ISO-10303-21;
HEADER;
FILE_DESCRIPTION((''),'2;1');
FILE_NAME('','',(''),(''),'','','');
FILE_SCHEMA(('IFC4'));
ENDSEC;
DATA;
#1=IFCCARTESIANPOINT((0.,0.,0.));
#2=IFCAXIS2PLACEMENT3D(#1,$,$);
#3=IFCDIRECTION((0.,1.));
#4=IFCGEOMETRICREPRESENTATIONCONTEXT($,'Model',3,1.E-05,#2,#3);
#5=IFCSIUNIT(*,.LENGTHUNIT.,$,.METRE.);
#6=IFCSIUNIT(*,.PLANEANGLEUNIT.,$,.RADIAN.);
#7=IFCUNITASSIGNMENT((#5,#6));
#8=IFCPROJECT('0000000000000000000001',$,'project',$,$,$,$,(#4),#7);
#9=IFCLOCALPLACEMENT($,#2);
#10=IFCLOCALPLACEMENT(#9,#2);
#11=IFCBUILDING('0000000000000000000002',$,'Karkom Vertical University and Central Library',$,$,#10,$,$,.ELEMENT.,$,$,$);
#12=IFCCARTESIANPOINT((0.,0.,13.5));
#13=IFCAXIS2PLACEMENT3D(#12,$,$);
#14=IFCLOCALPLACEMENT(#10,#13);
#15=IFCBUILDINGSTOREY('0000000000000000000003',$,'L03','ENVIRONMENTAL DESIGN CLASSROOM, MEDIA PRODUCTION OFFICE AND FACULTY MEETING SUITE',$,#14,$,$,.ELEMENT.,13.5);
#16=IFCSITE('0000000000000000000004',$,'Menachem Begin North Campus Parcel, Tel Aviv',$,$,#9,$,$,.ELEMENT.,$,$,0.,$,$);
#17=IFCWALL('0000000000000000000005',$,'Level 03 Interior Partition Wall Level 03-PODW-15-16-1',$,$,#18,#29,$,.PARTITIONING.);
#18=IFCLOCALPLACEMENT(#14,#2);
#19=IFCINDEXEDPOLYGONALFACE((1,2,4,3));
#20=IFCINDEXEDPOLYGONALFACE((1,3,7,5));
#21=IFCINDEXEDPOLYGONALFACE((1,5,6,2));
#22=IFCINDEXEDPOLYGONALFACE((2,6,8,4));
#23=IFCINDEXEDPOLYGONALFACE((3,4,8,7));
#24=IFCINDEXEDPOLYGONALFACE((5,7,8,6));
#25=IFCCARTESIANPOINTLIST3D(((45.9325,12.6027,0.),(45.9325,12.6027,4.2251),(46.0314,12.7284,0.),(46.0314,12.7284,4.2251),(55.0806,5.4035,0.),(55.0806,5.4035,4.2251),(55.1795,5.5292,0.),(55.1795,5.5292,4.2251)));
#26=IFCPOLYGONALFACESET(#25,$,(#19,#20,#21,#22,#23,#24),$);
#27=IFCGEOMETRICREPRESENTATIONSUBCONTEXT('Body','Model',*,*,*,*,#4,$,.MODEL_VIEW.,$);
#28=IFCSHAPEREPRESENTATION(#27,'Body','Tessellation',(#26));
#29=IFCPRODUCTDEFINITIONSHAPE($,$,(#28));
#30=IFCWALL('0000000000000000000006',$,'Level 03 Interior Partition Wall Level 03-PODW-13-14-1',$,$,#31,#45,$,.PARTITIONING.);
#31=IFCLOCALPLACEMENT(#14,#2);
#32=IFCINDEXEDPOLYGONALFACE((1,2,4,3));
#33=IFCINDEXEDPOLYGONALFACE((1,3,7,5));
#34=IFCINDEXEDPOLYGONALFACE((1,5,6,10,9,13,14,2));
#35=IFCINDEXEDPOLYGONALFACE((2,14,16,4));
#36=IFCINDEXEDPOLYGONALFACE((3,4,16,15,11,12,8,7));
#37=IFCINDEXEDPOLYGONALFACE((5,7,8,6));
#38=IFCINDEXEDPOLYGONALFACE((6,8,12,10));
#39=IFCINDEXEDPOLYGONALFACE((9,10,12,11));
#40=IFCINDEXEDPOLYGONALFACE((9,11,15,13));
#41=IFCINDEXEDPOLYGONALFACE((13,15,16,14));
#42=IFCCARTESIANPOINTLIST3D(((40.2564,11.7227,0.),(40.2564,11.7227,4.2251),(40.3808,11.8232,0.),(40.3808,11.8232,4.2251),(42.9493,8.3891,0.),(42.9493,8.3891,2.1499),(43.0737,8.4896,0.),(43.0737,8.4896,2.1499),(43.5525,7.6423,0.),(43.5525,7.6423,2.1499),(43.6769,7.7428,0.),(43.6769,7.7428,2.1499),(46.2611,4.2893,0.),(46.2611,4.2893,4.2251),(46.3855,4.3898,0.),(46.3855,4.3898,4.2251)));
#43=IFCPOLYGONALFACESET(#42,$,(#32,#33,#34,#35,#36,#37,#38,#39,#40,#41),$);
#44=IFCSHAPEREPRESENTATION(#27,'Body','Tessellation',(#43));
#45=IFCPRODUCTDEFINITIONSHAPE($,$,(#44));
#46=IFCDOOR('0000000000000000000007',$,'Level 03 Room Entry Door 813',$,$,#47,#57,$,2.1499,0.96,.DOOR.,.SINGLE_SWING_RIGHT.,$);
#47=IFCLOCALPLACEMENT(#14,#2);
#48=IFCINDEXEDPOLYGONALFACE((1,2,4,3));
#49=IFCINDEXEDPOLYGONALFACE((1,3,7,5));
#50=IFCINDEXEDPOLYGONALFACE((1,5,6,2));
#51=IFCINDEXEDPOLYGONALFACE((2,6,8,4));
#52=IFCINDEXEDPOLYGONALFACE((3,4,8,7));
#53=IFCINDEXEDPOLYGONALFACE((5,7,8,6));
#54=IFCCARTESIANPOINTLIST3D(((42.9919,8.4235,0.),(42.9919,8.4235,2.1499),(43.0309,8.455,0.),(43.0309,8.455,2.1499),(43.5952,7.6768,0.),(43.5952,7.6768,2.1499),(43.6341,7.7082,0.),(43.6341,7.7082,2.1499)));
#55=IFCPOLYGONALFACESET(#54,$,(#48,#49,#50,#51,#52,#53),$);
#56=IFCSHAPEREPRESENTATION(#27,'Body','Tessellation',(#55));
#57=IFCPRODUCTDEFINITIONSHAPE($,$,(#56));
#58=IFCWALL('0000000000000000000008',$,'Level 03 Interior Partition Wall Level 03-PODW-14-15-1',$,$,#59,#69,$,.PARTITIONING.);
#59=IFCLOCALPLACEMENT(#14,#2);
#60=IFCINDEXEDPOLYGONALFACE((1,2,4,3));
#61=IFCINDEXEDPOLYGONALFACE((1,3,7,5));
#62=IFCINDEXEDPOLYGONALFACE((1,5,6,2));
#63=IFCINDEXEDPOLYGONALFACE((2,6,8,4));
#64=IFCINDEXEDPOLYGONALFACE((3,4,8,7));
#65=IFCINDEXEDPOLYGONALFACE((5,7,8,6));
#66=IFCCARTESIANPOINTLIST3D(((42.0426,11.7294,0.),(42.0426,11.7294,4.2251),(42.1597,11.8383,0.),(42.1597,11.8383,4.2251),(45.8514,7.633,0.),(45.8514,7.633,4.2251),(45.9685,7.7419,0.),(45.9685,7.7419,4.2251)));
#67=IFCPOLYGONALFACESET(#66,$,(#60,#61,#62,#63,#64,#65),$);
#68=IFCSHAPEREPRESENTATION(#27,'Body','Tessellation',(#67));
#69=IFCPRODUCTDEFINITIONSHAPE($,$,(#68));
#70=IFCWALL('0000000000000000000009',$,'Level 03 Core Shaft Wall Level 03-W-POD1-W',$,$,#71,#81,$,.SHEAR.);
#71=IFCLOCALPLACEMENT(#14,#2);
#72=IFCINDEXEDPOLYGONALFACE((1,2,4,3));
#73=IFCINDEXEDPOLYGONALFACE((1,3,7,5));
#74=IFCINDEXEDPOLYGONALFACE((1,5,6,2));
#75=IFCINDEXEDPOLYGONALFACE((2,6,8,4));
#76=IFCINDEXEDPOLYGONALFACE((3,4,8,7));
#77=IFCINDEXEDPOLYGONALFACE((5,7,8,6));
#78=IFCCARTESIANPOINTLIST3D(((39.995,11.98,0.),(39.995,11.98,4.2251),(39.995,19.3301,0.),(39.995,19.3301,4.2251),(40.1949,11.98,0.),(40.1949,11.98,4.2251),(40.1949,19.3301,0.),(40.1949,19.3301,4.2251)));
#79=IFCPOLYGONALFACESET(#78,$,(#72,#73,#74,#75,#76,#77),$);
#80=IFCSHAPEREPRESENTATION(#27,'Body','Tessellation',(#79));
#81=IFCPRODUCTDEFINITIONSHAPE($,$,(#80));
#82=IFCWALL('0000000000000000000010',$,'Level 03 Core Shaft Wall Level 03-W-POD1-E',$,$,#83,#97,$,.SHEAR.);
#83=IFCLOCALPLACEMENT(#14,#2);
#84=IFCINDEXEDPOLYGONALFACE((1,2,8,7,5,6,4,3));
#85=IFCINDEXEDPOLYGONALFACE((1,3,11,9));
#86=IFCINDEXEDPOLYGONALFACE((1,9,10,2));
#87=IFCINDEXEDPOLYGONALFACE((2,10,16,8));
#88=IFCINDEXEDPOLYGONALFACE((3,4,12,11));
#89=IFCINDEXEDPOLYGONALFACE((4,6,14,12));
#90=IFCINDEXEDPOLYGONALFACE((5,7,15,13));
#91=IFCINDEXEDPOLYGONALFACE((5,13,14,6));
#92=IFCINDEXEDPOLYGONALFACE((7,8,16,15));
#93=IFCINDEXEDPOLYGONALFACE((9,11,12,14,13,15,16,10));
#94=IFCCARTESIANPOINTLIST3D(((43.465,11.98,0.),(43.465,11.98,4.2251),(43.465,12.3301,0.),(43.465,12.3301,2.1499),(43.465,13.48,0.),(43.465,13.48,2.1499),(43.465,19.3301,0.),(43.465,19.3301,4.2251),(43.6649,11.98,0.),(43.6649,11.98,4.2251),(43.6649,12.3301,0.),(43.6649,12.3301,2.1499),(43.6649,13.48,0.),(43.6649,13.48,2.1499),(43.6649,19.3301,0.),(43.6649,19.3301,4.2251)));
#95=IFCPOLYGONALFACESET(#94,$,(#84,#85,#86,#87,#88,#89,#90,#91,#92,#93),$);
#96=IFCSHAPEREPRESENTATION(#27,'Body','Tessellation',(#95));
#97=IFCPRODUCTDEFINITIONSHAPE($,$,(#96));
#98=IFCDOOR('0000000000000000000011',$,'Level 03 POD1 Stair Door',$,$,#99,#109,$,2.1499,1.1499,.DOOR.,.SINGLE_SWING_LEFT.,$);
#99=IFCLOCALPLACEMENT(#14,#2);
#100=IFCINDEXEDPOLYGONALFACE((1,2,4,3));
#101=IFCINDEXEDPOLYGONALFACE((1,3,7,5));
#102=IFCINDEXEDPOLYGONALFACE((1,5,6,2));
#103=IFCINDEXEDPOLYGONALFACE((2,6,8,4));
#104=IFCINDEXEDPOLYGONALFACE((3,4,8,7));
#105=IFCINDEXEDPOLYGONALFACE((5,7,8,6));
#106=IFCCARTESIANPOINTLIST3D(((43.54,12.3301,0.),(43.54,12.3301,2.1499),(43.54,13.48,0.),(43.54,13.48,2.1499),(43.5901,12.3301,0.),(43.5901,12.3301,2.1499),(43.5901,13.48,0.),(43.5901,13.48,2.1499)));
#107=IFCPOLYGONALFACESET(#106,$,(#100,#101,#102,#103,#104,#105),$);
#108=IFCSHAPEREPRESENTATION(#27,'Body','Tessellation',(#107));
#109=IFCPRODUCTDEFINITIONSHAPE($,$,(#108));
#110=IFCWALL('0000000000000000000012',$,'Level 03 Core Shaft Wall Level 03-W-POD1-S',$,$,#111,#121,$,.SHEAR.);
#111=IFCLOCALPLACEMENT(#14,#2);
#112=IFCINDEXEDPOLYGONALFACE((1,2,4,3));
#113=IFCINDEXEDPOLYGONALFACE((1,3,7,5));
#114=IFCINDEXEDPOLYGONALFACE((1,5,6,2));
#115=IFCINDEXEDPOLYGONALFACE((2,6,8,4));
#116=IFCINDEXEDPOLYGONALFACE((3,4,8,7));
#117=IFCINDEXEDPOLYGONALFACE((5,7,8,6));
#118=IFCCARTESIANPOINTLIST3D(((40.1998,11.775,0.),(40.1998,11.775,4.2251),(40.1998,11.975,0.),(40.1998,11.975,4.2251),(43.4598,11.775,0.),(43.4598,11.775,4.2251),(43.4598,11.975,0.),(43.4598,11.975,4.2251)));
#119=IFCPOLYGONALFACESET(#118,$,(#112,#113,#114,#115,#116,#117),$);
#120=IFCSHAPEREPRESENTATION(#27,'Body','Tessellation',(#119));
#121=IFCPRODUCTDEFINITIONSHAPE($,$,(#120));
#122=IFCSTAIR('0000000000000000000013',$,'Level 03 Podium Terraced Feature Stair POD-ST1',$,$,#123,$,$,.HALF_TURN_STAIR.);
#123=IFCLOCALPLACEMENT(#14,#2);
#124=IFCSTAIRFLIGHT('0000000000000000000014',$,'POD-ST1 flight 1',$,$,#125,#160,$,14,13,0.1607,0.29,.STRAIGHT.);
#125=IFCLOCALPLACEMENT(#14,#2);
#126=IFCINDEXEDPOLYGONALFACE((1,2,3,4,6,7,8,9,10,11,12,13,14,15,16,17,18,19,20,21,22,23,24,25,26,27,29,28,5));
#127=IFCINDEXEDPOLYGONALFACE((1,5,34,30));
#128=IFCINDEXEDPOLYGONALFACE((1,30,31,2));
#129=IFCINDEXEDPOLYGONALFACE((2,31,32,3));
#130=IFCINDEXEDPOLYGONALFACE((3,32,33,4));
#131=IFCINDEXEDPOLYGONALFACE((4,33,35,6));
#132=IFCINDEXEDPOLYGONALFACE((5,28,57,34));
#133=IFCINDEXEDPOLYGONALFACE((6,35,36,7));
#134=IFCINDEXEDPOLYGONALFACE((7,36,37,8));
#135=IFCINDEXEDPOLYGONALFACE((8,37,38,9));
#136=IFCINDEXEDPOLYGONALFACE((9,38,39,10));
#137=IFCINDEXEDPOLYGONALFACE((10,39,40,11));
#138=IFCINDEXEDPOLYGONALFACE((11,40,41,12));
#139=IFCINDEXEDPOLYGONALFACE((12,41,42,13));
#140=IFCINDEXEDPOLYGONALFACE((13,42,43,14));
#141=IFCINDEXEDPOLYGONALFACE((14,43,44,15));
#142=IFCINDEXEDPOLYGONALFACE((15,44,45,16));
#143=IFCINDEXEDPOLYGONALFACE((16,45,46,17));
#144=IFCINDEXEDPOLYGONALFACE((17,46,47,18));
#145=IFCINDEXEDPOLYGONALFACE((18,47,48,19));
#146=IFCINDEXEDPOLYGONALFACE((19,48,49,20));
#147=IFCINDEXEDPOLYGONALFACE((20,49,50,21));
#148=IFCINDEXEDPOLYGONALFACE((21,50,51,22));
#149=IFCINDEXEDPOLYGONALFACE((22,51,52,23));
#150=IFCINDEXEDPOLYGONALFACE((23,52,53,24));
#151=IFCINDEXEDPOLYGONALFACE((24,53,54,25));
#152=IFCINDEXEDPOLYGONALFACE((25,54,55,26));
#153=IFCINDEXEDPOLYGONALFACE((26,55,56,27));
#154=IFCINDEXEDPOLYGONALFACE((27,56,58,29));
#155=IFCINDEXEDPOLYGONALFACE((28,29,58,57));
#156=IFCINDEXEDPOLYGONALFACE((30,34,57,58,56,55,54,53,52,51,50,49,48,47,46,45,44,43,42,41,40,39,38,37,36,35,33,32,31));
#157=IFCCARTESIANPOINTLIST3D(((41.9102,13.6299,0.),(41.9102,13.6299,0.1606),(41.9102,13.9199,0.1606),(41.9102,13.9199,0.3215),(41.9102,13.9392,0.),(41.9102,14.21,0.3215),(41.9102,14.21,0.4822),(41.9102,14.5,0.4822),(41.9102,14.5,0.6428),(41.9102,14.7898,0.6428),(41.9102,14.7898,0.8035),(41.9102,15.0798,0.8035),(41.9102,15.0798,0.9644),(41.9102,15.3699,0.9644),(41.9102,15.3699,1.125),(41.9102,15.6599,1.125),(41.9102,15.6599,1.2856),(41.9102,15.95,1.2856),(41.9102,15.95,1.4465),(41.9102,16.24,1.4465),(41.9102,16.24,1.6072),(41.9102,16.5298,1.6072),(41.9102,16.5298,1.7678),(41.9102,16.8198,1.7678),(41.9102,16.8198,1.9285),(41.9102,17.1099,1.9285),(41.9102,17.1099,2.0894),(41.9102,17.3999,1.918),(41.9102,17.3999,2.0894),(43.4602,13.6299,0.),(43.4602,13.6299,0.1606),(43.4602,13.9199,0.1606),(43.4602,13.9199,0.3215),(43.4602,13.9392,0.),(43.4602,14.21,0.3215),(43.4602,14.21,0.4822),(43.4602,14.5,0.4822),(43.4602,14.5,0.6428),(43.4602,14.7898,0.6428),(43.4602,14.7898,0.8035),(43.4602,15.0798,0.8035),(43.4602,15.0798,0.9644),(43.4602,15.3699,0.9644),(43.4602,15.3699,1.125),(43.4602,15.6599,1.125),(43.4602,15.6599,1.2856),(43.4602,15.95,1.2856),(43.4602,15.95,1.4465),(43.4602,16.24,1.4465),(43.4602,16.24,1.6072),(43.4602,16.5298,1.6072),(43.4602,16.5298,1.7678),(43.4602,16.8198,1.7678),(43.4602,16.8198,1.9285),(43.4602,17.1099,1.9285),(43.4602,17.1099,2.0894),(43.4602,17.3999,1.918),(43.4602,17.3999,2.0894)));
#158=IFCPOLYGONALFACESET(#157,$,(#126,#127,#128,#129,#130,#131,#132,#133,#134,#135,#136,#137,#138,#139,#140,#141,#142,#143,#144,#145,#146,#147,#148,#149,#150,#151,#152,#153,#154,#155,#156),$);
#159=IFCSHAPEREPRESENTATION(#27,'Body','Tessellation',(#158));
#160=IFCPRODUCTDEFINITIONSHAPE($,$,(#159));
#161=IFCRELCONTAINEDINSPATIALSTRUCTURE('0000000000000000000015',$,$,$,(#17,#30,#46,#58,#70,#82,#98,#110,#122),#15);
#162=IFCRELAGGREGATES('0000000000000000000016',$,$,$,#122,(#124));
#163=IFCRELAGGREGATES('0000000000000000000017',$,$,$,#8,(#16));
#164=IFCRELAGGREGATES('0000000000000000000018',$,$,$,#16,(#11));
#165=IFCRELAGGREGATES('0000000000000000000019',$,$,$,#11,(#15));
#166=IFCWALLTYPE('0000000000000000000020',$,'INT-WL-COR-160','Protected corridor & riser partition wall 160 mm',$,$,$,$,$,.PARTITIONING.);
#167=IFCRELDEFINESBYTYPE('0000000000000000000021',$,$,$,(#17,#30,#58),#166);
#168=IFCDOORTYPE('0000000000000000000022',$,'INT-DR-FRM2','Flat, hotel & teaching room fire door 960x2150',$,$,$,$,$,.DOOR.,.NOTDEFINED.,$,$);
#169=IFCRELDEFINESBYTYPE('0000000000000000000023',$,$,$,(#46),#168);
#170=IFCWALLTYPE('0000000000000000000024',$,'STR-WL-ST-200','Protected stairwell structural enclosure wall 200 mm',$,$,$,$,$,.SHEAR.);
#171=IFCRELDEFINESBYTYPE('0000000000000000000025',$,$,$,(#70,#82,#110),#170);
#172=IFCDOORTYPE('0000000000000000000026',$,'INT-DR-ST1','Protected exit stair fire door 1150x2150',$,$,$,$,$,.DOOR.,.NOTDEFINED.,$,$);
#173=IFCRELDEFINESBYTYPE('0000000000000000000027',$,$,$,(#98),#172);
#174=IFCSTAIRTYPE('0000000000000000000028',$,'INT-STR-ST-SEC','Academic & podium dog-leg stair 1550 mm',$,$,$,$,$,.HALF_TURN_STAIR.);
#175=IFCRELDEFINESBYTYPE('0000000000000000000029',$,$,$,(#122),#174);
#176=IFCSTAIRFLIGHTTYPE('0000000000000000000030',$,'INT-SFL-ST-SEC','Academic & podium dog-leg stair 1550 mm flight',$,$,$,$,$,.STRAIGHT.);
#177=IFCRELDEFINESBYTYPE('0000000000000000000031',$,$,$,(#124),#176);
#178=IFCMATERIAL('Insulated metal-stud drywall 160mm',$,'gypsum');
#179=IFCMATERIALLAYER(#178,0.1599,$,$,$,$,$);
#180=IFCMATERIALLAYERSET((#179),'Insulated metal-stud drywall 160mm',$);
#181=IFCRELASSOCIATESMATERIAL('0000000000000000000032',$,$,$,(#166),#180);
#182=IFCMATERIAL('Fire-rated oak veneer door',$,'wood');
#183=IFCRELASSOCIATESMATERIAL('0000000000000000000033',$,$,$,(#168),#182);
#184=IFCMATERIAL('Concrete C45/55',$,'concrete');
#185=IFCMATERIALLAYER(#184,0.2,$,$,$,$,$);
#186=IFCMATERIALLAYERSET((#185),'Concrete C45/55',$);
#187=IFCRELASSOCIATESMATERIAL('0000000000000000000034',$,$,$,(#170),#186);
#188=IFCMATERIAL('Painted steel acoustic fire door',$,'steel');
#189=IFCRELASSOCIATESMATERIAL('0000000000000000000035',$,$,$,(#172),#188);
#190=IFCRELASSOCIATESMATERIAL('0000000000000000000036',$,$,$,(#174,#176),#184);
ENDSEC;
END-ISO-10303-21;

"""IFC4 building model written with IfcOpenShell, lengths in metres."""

from ifc_helpers import new_model, si_unit, direction, frame, frame_2d, origin, origin_with_axes, place, context, subcontext, project, spatial, polyline, rectangle, outline, extrude, source, transform, mapped, material, layer, layer_set, type_object, element, fill, aggregate, save


model = new_model("IFC4")

# Units and contexts
model_context = context("Model", 3, precision=1e-05, world=origin(), true_north=direction((0.0, 1.0)))
body_context = subcontext(model_context, "Body", "Model", "MODEL_VIEW")
ifc_project = project(units=[si_unit("LENGTHUNIT", "METRE"), si_unit("PLANEANGLEUNIT", "RADIAN")], contexts=[model_context])

# Site, building, storey
site_placement = place(None, origin())
site = spatial("IfcSite", under=ifc_project, at=site_placement, Name="Menachem Begin North Campus Parcel, Tel Aviv", CompositionType="ELEMENT", RefElevation=0.0)
building_placement = place(site_placement, origin())
building = spatial("IfcBuilding", under=site, at=building_placement, Name="Karkom Vertical University and Central Library", CompositionType="ELEMENT")
storey_placement = place(building_placement, frame((0.0, 0.0, 13.5)))
storey = spatial("IfcBuildingStorey", under=building, at=storey_placement, Name="L03", Description="ENVIRONMENTAL DESIGN CLASSROOM, MEDIA PRODUCTION OFFICE AND FACULTY MEETING SUITE", CompositionType="ELEMENT", Elevation=13.5)

# Shared definitions
ifc_material_1 = material(Name="Insulated metal-stud drywall 160mm", Category="gypsum")
ifc_layer_1 = layer(ifc_material_1, 0.1599)
ifc_layer_set_1 = layer_set([ifc_layer_1], Name="Insulated metal-stud drywall 160mm")
wall_type_1 = type_object("IfcWallType", Name="INT-WL-COR-160", Description="Protected corridor & riser partition wall 160 mm", PredefinedType="PARTITIONING", material=ifc_layer_set_1)
ifc_material_2 = material(Name="Fire-rated oak veneer door", Category="wood")
door_type_1 = type_object("IfcDoorType", Name="INT-DR-FRM2", Description="Flat, hotel & teaching room fire door 960x2150", OperationType="NOTDEFINED", PredefinedType="DOOR", material=ifc_material_2)
shared_shape_1 = source(origin_with_axes(), body_context, "Body", "SweptSolid", [
    extrude(rectangle(XDim=0.96, YDim=2.1499, at=frame_2d((0.48, 1.075))), frame((0.0, 0.0249, 0.0), z_axis=(0.0, -1.0, 0.0), x_axis=(1.0, 0.0, 0.0)), (0.0, 0.0, 1.0), 0.05),
])

# Wall
wall_1_placement = place(storey_placement, frame((45.9819, 12.6655, 0.0), z_axis=(0.0, 0.0, 1.0), x_axis=(0.785844, -0.618424, 0.0)))
element("IfcWall", 1, at=wall_1_placement, inside=storey, type_object=wall_type_1, Name="Level 03 Interior Partition Wall Level 03-PODW-15-16-1", PredefinedType="PARTITIONING", context=body_context, shape_type="SweptSolid", body=[
    extrude(rectangle(XDim=11.6411, YDim=0.1599, at=frame_2d((5.8206, 0.0))), origin(), (0.0, 0.0, 1.0), 4.2251),
])

# Wall, opening, door
wall_2_placement = place(storey_placement, frame((40.3186, 11.7729, 0.0), z_axis=(0.0, 0.0, 1.0), x_axis=(0.628386, -0.777901, 0.0)))
wall_2 = element("IfcWall", 2, at=wall_2_placement, inside=storey, type_object=wall_type_1, Name="Level 03 Interior Partition Wall Level 03-PODW-13-14-1", PredefinedType="PARTITIONING", context=body_context, shape_type="SweptSolid", body=[
    extrude(rectangle(XDim=9.5557, YDim=0.1599, at=frame_2d((4.7778, 0.0))), origin(), (0.0, 0.0, 1.0), 4.2251),
])
opening_1_placement = place(wall_2_placement, frame((4.2854, 0.0, 0.0)))
opening_1 = element("IfcOpeningElement", 3, at=opening_1_placement, cuts=wall_2, PredefinedType="OPENING", context=body_context, shape_type="SweptSolid", body=[
    extrude(rectangle(XDim=0.96, YDim=2.1499, at=frame_2d((0.48, 1.075))), frame((0.0, 0.0898, 0.0), z_axis=(0.0, -1.0, 0.0), x_axis=(1.0, 0.0, 0.0)), (0.0, 0.0, 1.0), 0.1799),
])
door_1_placement = place(opening_1_placement, origin())
door_1 = element("IfcDoor", 4, at=door_1_placement, inside=storey, type_object=door_type_1, Name="Level 03 Room Entry Door 813", OperationType="SINGLE_SWING_RIGHT", OverallHeight=2.1499, OverallWidth=0.96, PredefinedType="DOOR", context=body_context, shape_type="MappedRepresentation", body=[
    mapped(shared_shape_1, transform((0.0, 0.0, 0.0), scale=1.0)),
])
fill(opening_1, door_1)

# Wall
wall_3_placement = place(storey_placement, frame((42.1011, 11.7839, 0.0), z_axis=(0.0, 0.0, 1.0), x_axis=(0.680931, -0.732347, 0.0)))
element("IfcWall", 5, at=wall_3_placement, inside=storey, type_object=wall_type_1, Name="Level 03 Interior Partition Wall Level 03-PODW-14-15-1", PredefinedType="PARTITIONING", context=body_context, shape_type="SweptSolid", body=[
    extrude(rectangle(XDim=5.5935, YDim=0.1599, at=frame_2d((2.7969, 0.0))), origin(), (0.0, 0.0, 1.0), 4.2251),
])

# Wall
ifc_material_3 = material(Name="Concrete C45/55", Category="concrete")
ifc_layer_2 = layer(ifc_material_3, 0.2)
ifc_layer_set_2 = layer_set([ifc_layer_2], Name="Concrete C45/55")
wall_type_2 = type_object("IfcWallType", Name="STR-WL-ST-200", Description="Protected stairwell structural enclosure wall 200 mm", PredefinedType="SHEAR", material=ifc_layer_set_2)
wall_4_placement = place(storey_placement, frame((40.095, 11.98, 0.0), z_axis=(0.0, 0.0, 1.0), x_axis=(0.0, 1.0, 0.0)))
element("IfcWall", 6, at=wall_4_placement, inside=storey, type_object=wall_type_2, Name="Level 03 Core Shaft Wall Level 03-W-POD1-W", PredefinedType="SHEAR", context=body_context, shape_type="SweptSolid", body=[
    extrude(rectangle(XDim=7.3501, YDim=0.2, at=frame_2d((3.675, 0.0))), origin(), (0.0, 0.0, 1.0), 4.2251),
])

# Wall, opening, door
wall_5_placement = place(storey_placement, frame((43.5649, 11.98, 0.0), z_axis=(0.0, 0.0, 1.0), x_axis=(0.0, 1.0, 0.0)))
wall_5 = element("IfcWall", 7, at=wall_5_placement, inside=storey, type_object=wall_type_2, Name="Level 03 Core Shaft Wall Level 03-W-POD1-E", PredefinedType="SHEAR", context=body_context, shape_type="SweptSolid", body=[
    extrude(rectangle(XDim=7.3501, YDim=0.2, at=frame_2d((3.675, 0.0))), origin(), (0.0, 0.0, 1.0), 4.2251),
])
opening_2_placement = place(wall_5_placement, frame((0.3501, 0.0, 0.0)))
opening_2 = element("IfcOpeningElement", 8, at=opening_2_placement, cuts=wall_5, PredefinedType="OPENING", context=body_context, shape_type="SweptSolid", body=[
    extrude(rectangle(XDim=1.1499, YDim=2.1499, at=frame_2d((0.575, 1.075))), frame((0.0, 0.1099, 0.0), z_axis=(0.0, -1.0, 0.0), x_axis=(1.0, 0.0, 0.0)), (0.0, 0.0, 1.0), 0.22),
])
ifc_material_4 = material(Name="Painted steel acoustic fire door", Category="steel")
door_type_2 = type_object("IfcDoorType", Name="INT-DR-ST1", Description="Protected exit stair fire door 1150x2150", OperationType="NOTDEFINED", PredefinedType="DOOR", material=ifc_material_4)
shared_shape_2 = source(origin_with_axes(), body_context, "Body", "SweptSolid", [
    extrude(rectangle(XDim=1.1499, YDim=2.1499, at=frame_2d((0.575, 1.075))), frame((0.0, 0.0249, 0.0), z_axis=(0.0, -1.0, 0.0), x_axis=(1.0, 0.0, 0.0)), (0.0, 0.0, 1.0), 0.05),
])
door_2_placement = place(opening_2_placement, origin())
door_2 = element("IfcDoor", 9, at=door_2_placement, inside=storey, type_object=door_type_2, Name="Level 03 POD1 Stair Door", OperationType="SINGLE_SWING_LEFT", OverallHeight=2.1499, OverallWidth=1.1499, PredefinedType="DOOR", context=body_context, shape_type="MappedRepresentation", body=[
    mapped(shared_shape_2, transform((0.0, 0.0, 0.0), scale=1.0)),
])
fill(opening_2, door_2)

# Wall
wall_6_placement = place(storey_placement, frame((40.2, 11.875, 0.0), z_axis=(0.0, 0.0, 1.0), x_axis=(1.0, 0.0, 0.0)))
element("IfcWall", 10, at=wall_6_placement, inside=storey, type_object=wall_type_2, Name="Level 03 Core Shaft Wall Level 03-W-POD1-S", PredefinedType="SHEAR", context=body_context, shape_type="SweptSolid", body=[
    extrude(rectangle(XDim=3.26, YDim=0.2, at=frame_2d((1.6299, 0.0))), origin(), (0.0, 0.0, 1.0), 4.2251),
])

# Stair, stair flight
stair_type = type_object("IfcStairType", Name="INT-STR-ST-SEC", Description="Academic & podium dog-leg stair 1550 mm", PredefinedType="HALF_TURN_STAIR", material=ifc_material_3)
stair_placement = place(storey_placement, origin())
stair = element("IfcStair", 11, at=stair_placement, inside=storey, type_object=stair_type, Name="Level 03 Podium Terraced Feature Stair POD-ST1", PredefinedType="HALF_TURN_STAIR")
stair_flight_type = type_object("IfcStairFlightType", Name="INT-SFL-ST-SEC", Description="Academic & podium dog-leg stair 1550 mm flight", PredefinedType="STRAIGHT", material=ifc_material_3)
stair_flight_placement = place(storey_placement, frame((42.6851, 13.6299, 0.0), z_axis=(0.0, 0.0, 1.0), x_axis=(0.0, 1.0, 0.0)))
stair_flight = element("IfcStairFlight", 12, at=stair_flight_placement, type_object=stair_flight_type, Name="POD-ST1 flight 1", NumberOfRisers=14, NumberOfTreads=13, PredefinedType="STRAIGHT", RiserHeight=0.1607, TreadLength=0.29, context=body_context, shape_type="SweptSolid", body=[
    extrude(outline(polyline([(0.0, 0.0), (0.0, 0.1606), (0.29, 0.1606), (0.29, 0.3215), (0.5801, 0.3215), (0.5801, 0.4822), (0.8701, 0.4822), (0.8701, 0.6428), (1.1599, 0.6428), (1.1599, 0.8035), (1.45, 0.8035), (1.45, 0.9644), (1.74, 0.9644), (1.74, 1.125), (2.03, 1.125), (2.03, 1.2856), (2.3201, 1.2856), (2.3201, 1.4465), (2.6101, 1.4465), (2.6101, 1.6072), (2.8999, 1.6072), (2.8999, 1.7678), (3.1899, 1.7678), (3.1899, 1.9285), (3.48, 1.9285), (3.48, 2.0894), (3.77, 2.0894), (3.77, 2.25), (3.77, 1.918), (0.3093, 0.0), (0.0, 0.0)])), frame((0.0, 0.7749, 0.0), z_axis=(0.0, -1.0, 0.0), x_axis=(1.0, 0.0, 0.0)), (0.0, 0.0, 1.0), 1.55),
])
aggregate(stair, [stair_flight])

save(model, "model.ifc")
